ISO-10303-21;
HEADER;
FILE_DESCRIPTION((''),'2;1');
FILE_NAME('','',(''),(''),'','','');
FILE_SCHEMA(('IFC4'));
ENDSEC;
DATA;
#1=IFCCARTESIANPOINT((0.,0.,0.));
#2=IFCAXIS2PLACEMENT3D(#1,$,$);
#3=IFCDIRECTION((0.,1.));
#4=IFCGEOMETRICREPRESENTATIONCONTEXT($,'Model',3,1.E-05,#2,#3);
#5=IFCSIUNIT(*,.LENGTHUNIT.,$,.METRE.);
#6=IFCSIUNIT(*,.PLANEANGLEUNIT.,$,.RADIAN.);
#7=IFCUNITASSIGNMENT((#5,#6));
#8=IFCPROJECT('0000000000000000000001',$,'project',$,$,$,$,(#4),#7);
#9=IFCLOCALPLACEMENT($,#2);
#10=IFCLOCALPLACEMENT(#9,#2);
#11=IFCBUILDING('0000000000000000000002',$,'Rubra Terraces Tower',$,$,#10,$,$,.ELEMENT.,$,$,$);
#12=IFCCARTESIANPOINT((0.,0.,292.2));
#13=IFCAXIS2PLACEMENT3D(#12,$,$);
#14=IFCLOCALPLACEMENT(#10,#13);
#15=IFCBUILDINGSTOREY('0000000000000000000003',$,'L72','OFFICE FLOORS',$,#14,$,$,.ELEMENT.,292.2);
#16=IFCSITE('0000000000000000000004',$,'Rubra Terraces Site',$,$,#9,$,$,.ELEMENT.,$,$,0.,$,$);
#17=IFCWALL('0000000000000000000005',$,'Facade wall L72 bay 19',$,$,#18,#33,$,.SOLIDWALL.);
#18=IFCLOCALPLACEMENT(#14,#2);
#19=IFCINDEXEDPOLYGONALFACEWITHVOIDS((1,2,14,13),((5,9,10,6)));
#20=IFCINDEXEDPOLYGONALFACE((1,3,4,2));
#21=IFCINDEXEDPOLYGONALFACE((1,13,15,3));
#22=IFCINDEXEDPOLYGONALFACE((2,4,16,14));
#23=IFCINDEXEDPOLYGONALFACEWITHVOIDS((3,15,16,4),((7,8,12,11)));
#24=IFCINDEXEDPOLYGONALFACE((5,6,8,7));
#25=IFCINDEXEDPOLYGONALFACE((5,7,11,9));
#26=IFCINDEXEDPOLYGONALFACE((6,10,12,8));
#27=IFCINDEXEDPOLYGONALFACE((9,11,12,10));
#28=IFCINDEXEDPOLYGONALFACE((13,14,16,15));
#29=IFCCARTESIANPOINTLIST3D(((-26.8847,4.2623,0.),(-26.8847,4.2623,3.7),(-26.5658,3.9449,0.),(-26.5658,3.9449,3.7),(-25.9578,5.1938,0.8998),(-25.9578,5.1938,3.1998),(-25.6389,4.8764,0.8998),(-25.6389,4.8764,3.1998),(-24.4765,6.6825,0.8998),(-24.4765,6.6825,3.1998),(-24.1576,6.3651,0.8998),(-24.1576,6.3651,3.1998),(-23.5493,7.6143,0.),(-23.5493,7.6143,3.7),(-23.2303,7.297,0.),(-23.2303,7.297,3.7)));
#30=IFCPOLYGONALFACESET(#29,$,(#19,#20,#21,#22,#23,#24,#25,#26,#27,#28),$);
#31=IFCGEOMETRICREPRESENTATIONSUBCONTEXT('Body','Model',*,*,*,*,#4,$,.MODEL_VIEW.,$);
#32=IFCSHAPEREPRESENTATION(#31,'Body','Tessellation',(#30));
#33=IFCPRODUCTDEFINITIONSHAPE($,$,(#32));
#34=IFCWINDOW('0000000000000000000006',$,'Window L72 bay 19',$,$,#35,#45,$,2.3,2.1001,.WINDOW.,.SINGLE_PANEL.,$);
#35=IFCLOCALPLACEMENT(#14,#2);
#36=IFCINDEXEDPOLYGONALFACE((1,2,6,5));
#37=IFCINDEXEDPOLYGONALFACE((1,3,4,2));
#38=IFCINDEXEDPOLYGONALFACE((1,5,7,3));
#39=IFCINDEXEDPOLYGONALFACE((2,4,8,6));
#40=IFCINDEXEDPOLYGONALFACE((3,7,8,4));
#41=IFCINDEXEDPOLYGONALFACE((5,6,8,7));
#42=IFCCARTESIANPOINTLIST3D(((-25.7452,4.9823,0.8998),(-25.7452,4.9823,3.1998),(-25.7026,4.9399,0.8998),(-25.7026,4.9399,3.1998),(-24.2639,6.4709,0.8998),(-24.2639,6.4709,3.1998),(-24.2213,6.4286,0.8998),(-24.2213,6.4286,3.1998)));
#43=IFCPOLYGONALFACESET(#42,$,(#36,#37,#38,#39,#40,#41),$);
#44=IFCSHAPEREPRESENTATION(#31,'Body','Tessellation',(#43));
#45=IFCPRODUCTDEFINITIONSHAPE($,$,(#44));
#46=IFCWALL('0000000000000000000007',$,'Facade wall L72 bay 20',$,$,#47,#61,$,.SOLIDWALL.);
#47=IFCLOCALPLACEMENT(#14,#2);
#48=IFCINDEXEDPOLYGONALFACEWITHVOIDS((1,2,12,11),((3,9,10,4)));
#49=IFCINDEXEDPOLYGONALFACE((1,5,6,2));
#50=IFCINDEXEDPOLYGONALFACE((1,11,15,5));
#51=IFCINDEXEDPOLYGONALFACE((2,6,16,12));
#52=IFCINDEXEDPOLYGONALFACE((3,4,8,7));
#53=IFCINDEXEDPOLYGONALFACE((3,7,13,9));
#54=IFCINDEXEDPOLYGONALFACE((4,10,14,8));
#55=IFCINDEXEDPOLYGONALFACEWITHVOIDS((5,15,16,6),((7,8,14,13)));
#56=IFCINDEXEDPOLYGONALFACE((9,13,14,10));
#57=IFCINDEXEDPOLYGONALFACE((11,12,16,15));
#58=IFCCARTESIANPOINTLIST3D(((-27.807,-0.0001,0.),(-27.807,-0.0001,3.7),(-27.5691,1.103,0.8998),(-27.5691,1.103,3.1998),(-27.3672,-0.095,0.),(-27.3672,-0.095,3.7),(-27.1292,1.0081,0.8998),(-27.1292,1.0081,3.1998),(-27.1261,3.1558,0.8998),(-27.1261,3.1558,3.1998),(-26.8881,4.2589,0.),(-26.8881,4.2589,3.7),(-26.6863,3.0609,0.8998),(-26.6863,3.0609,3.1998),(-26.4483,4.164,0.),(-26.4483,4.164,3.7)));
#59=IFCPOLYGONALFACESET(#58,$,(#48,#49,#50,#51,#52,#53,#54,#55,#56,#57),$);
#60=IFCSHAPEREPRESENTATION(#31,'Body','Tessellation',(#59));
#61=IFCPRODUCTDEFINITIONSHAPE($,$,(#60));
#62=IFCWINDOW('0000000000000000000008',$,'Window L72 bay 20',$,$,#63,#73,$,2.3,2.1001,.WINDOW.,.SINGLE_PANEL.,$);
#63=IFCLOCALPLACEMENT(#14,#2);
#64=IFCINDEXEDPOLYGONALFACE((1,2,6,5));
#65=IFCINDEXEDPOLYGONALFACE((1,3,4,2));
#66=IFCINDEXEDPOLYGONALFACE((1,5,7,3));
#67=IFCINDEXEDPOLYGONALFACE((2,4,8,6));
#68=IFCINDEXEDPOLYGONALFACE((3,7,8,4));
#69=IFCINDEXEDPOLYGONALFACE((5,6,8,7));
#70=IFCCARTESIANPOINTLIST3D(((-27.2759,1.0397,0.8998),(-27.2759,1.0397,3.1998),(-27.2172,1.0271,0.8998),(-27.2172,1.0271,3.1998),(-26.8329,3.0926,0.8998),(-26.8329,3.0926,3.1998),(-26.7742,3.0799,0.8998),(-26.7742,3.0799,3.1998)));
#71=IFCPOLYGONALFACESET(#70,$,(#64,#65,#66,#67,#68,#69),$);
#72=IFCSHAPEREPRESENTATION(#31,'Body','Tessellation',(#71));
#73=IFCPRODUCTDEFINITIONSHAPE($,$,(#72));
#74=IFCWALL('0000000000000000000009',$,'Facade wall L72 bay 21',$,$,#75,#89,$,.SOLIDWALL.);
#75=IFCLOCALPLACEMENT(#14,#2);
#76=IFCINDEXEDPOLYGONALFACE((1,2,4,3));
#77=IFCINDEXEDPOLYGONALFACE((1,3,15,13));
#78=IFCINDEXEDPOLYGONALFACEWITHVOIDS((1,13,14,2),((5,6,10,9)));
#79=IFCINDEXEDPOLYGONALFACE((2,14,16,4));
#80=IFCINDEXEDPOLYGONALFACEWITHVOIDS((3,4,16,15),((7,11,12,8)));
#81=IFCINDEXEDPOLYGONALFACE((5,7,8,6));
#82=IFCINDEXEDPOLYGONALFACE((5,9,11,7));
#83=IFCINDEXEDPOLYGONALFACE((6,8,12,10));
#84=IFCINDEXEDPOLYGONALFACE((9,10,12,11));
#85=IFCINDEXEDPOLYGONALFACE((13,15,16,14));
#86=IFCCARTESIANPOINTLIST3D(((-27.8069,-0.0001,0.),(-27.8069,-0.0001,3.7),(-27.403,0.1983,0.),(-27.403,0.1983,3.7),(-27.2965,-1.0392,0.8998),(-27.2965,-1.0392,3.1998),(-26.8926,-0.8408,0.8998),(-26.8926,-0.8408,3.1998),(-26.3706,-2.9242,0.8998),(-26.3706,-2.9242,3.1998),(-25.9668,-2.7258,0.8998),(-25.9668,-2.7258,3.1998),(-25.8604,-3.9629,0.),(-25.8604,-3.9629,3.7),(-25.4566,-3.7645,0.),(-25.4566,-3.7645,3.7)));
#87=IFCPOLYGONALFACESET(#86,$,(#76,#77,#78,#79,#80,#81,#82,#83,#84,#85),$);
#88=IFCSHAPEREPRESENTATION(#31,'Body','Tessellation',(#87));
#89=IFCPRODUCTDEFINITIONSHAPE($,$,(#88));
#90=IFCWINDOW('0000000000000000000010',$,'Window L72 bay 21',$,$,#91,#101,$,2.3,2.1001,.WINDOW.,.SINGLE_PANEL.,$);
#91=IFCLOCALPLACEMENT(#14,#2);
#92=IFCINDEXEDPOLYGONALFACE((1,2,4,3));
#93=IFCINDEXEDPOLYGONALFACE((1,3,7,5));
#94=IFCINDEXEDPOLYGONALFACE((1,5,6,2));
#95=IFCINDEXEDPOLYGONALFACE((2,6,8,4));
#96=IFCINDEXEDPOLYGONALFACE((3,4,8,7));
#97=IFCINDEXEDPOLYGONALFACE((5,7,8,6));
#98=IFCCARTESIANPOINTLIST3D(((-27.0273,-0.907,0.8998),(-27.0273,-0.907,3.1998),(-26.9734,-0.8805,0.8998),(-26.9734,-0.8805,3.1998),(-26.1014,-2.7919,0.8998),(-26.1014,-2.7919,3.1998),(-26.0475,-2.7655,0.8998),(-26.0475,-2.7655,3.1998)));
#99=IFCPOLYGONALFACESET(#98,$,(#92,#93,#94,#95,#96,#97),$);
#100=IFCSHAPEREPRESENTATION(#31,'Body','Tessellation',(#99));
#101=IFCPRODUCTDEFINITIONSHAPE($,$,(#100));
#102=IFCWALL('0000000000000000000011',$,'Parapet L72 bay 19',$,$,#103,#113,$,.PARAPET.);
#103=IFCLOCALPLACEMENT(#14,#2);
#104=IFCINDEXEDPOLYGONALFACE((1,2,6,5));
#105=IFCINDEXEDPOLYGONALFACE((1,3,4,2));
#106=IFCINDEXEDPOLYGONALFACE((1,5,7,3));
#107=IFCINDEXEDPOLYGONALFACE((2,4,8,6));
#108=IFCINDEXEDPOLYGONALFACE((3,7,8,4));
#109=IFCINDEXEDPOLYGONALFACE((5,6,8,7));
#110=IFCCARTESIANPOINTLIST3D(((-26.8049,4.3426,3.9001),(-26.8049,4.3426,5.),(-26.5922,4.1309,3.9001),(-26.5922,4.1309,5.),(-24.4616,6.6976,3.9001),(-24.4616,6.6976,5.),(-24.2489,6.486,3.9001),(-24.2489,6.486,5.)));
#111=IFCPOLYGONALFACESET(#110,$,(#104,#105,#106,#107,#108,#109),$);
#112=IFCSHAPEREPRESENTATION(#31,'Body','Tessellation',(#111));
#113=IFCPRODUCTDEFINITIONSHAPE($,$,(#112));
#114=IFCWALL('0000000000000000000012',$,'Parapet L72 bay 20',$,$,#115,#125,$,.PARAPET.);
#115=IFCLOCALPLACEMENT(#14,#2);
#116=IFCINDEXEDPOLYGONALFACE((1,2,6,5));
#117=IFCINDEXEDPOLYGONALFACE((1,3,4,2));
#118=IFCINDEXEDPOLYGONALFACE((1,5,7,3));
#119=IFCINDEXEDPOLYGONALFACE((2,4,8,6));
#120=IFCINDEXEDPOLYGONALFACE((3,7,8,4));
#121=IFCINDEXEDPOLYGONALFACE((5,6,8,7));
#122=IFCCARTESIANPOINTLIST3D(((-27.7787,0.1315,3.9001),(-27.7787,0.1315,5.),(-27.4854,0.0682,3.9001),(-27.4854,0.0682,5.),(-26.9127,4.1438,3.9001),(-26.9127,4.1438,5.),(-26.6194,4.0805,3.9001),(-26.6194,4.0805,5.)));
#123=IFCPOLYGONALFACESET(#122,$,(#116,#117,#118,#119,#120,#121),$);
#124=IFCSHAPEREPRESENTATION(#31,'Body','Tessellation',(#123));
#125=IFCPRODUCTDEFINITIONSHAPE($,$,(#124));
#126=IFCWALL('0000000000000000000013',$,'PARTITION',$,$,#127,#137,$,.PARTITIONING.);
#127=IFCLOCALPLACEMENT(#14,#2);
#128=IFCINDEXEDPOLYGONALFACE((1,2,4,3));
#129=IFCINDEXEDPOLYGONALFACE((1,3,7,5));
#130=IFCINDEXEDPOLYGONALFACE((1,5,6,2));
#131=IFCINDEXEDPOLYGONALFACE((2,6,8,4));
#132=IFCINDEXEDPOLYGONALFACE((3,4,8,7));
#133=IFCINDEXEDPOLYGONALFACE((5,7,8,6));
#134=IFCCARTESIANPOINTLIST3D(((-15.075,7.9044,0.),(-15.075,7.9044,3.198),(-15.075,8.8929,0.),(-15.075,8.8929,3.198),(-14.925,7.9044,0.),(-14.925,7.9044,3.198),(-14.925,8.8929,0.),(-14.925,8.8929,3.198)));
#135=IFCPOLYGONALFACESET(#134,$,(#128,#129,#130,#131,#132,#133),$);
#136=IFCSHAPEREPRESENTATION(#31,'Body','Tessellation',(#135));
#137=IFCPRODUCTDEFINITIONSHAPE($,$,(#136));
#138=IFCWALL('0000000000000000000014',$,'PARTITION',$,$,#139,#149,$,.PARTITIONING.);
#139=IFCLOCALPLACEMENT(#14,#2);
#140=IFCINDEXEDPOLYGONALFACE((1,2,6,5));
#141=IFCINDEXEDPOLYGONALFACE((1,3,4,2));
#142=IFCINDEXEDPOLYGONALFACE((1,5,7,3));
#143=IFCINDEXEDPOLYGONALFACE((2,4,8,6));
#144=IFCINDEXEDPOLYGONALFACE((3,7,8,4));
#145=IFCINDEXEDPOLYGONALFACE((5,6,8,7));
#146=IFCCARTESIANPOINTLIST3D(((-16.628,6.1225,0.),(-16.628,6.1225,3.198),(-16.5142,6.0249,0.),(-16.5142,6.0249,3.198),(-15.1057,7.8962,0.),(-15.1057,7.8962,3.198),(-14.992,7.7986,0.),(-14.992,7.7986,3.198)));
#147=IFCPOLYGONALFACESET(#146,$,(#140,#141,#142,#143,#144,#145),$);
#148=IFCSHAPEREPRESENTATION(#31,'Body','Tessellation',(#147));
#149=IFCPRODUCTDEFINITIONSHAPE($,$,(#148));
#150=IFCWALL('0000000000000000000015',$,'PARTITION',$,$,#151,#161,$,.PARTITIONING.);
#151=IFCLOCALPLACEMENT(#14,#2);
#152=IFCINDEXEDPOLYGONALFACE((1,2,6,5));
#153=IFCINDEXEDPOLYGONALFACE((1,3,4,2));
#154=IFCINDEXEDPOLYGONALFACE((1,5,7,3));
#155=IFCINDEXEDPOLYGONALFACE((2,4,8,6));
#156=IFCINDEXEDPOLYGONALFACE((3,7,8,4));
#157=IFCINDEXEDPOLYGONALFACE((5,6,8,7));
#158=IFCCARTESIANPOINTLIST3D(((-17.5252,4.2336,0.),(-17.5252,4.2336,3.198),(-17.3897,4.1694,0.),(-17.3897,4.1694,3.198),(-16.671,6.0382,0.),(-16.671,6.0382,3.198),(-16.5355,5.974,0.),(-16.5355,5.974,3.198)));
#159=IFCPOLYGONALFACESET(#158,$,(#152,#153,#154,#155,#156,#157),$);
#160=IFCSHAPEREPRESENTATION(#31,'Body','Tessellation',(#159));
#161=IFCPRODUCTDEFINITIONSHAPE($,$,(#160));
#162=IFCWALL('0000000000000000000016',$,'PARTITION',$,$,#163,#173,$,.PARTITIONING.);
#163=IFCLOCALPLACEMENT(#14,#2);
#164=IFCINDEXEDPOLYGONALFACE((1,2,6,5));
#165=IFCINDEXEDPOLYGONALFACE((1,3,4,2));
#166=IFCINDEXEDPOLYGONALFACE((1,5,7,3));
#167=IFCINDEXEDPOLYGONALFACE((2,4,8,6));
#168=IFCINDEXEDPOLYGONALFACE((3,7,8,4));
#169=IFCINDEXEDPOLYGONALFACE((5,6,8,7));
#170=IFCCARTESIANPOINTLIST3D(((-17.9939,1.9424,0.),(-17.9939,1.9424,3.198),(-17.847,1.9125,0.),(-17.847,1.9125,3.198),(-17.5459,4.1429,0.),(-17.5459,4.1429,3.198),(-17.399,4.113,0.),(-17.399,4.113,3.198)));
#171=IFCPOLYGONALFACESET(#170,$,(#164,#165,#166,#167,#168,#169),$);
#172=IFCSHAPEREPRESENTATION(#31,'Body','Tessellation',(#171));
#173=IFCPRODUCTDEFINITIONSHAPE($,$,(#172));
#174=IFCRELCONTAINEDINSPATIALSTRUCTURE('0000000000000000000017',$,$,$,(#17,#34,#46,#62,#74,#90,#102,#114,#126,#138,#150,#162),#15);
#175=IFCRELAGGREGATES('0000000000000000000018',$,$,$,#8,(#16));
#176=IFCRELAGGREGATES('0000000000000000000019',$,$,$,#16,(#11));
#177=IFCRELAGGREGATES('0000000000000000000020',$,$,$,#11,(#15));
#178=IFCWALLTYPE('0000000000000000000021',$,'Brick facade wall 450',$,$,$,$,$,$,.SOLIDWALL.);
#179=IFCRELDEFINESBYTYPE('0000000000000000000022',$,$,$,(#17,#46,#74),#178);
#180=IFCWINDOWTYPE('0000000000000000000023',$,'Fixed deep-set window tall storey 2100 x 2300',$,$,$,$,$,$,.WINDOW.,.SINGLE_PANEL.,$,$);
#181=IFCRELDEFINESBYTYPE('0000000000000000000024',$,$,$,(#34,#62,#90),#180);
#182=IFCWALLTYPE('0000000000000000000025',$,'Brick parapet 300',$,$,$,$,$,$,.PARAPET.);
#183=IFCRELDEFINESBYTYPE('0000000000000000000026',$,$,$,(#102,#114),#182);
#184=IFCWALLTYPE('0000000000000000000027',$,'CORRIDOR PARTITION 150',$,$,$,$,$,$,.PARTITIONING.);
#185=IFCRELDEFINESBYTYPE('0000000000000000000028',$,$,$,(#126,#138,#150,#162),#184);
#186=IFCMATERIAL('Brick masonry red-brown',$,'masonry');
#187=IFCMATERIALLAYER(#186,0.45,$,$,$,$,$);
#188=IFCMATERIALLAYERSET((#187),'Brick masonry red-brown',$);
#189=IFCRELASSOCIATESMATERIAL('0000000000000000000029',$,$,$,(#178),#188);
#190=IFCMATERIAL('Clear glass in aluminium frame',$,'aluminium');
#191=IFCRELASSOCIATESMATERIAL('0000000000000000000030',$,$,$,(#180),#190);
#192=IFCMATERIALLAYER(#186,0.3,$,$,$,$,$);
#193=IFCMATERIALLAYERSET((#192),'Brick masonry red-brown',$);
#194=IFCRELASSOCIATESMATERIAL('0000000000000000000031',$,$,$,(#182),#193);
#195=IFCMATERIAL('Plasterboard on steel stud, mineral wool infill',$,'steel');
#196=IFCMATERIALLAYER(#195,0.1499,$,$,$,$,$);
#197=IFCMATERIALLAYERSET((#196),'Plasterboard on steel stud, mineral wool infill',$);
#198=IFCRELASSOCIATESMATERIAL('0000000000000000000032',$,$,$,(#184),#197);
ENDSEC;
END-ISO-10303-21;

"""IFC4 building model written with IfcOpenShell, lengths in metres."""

from ifc_helpers import new_model, si_unit, direction, frame, frame_2d, origin, place, context, subcontext, project, spatial, rectangle, extrude, material, layer, layer_set, type_object, element, fill, save


model = new_model("IFC4")

# Units and contexts
model_context = context("Model", 3, precision=1e-05, world=origin(), true_north=direction((0.0, 1.0)))
body_context = subcontext(model_context, "Body", "Model", "MODEL_VIEW")
ifc_project = project(units=[si_unit("LENGTHUNIT", "METRE"), si_unit("PLANEANGLEUNIT", "RADIAN")], contexts=[model_context])

# Site, building, storey
site_placement = place(None, origin())
site = spatial("IfcSite", under=ifc_project, at=site_placement, Name="Rubra Terraces Site", CompositionType="ELEMENT", RefElevation=0.0)
building_placement = place(site_placement, origin())
building = spatial("IfcBuilding", under=site, at=building_placement, Name="Rubra Terraces Tower", CompositionType="ELEMENT")
storey_placement = place(building_placement, frame((0.0, 0.0, 292.2)))
storey = spatial("IfcBuildingStorey", under=building, at=storey_placement, Name="L72", Description="OFFICE FLOORS", CompositionType="ELEMENT", Elevation=292.2)

# Walls, openings, windows
ifc_material_1 = material(Name="Brick masonry red-brown", Category="masonry")
ifc_layer_1 = layer(ifc_material_1, 0.45)
ifc_layer_set_1 = layer_set([ifc_layer_1], Name="Brick masonry red-brown")
wall_type_1 = type_object("IfcWallType", Name="Brick facade wall 450", PredefinedType="SOLIDWALL", material=ifc_layer_set_1)
wall_1_placement = place(storey_placement, frame((-23.3899, 7.4556, 0.0), z_axis=(0.0, 0.0, 1.0), x_axis=(-0.705349, -0.70886, 0.0)))
wall_1 = element("IfcWall", 1, at=wall_1_placement, inside=storey, type_object=wall_type_1, Name="Facade wall L72 bay 19", PredefinedType="SOLIDWALL", context=body_context, shape_type="SweptSolid", body=[
    extrude(rectangle(XDim=4.7288, YDim=0.45, at=frame_2d((2.3643, 0.0))), origin(), (0.0, 0.0, 1.0), 3.7),
])
opening_1_placement = place(wall_1_placement, frame((1.3145, 0.0, 0.8999)))
opening_1 = element("IfcOpeningElement", 2, at=opening_1_placement, cuts=wall_1, PredefinedType="OPENING", context=body_context, shape_type="SweptSolid", body=[
    extrude(rectangle(XDim=2.1001, YDim=2.3, at=frame_2d((1.05, 1.1499))), frame((0.0, 0.2349, 0.0), z_axis=(0.0, -1.0, 0.0), x_axis=(1.0, 0.0, 0.0)), (0.0, 0.0, 1.0), 0.47),
])
ifc_material_2 = material(Name="Clear glass in aluminium frame", Category="aluminium")
window_type = type_object("IfcWindowType", Name="Fixed deep-set window tall storey 2100 x 2300", PartitioningType="SINGLE_PANEL", PredefinedType="WINDOW", material=ifc_material_2)
window_1_placement = place(opening_1_placement, origin())
window_1 = element("IfcWindow", 3, at=window_1_placement, inside=storey, type_object=window_type, Name="Window L72 bay 19", OverallHeight=2.3, OverallWidth=2.1001, PartitioningType="SINGLE_PANEL", PredefinedType="WINDOW", context=body_context, shape_type="SweptSolid", body=[
    extrude(rectangle(XDim=2.1001, YDim=2.3, at=frame_2d((1.05, 1.1499))), frame((0.0, 0.135, 0.0), z_axis=(0.0, -1.0, 0.0), x_axis=(1.0, 0.0, 0.0)), (0.0, 0.0, 1.0), 0.0601),
])
fill(opening_1, window_1)
wall_2_placement = place(storey_placement, frame((-26.6682, 4.2114, 0.0), z_axis=(0.0, 0.0, 1.0), x_axis=(-0.21091, -0.977505, 0.0)))
wall_2 = element("IfcWall", 4, at=wall_2_placement, inside=storey, type_object=wall_type_1, Name="Facade wall L72 bay 20", PredefinedType="SOLIDWALL", context=body_context, shape_type="SweptSolid", body=[
    extrude(rectangle(XDim=4.3569, YDim=0.45, at=frame_2d((2.1785, 0.0))), origin(), (0.0, 0.0, 1.0), 3.7),
])
opening_2_placement = place(wall_2_placement, frame((1.1284, 0.0, 0.8999)))
opening_2 = element("IfcOpeningElement", 5, at=opening_2_placement, cuts=wall_2, PredefinedType="OPENING", context=body_context, shape_type="SweptSolid", body=[
    extrude(rectangle(XDim=2.1001, YDim=2.3, at=frame_2d((1.05, 1.1499))), frame((0.0, 0.2349, 0.0), z_axis=(0.0, -1.0, 0.0), x_axis=(1.0, 0.0, 0.0)), (0.0, 0.0, 1.0), 0.47),
])
window_2_placement = place(opening_2_placement, origin())
window_2 = element("IfcWindow", 6, at=window_2_placement, inside=storey, type_object=window_type, Name="Window L72 bay 20", OverallHeight=2.3, OverallWidth=2.1001, PartitioningType="SINGLE_PANEL", PredefinedType="WINDOW", context=body_context, shape_type="SweptSolid", body=[
    extrude(rectangle(XDim=2.1001, YDim=2.3, at=frame_2d((1.05, 1.1499))), frame((0.0, 0.135, 0.0), z_axis=(0.0, -1.0, 0.0), x_axis=(1.0, 0.0, 0.0)), (0.0, 0.0, 1.0), 0.0601),
])
fill(opening_2, window_2)
wall_3_placement = place(storey_placement, frame((-27.605, 0.0991, 0.0), z_axis=(0.0, 0.0, 1.0), x_axis=(0.440877, -0.897568, 0.0)))
wall_3 = element("IfcWall", 7, at=wall_3_placement, inside=storey, type_object=wall_type_1, Name="Facade wall L72 bay 21", PredefinedType="SOLIDWALL", context=body_context, shape_type="SweptSolid", body=[
    extrude(rectangle(XDim=4.415, YDim=0.45, at=frame_2d((2.2075, 0.0))), origin(), (0.0, 0.0, 1.0), 3.7),
])
opening_3_placement = place(wall_3_placement, frame((1.1577, 0.0, 0.8999)))
opening_3 = element("IfcOpeningElement", 8, at=opening_3_placement, cuts=wall_3, PredefinedType="OPENING", context=body_context, shape_type="SweptSolid", body=[
    extrude(rectangle(XDim=2.1001, YDim=2.3, at=frame_2d((1.05, 1.1499))), frame((0.0, 0.2349, 0.0), z_axis=(0.0, -1.0, 0.0), x_axis=(1.0, 0.0, 0.0)), (0.0, 0.0, 1.0), 0.47),
])
window_3_placement = place(opening_3_placement, origin())
window_3 = element("IfcWindow", 9, at=window_3_placement, inside=storey, type_object=window_type, Name="Window L72 bay 21", OverallHeight=2.3, OverallWidth=2.1001, PartitioningType="SINGLE_PANEL", PredefinedType="WINDOW", context=body_context, shape_type="SweptSolid", body=[
    extrude(rectangle(XDim=2.1001, YDim=2.3, at=frame_2d((1.05, 1.1499))), frame((0.0, 0.135, 0.0), z_axis=(0.0, -1.0, 0.0), x_axis=(1.0, 0.0, 0.0)), (0.0, 0.0, 1.0), 0.0601),
])
fill(opening_3, window_3)

# Walls
ifc_layer_2 = layer(ifc_material_1, 0.3)
ifc_layer_set_2 = layer_set([ifc_layer_2], Name="Brick masonry red-brown")
wall_type_2 = type_object("IfcWallType", Name="Brick parapet 300", PredefinedType="PARAPET", material=ifc_layer_set_2)
wall_4_placement = place(storey_placement, frame((-24.3552, 6.5918, 3.9001), z_axis=(0.0, 0.0, 1.0), x_axis=(-0.705341, -0.708868, 0.0)))
element("IfcWall", 10, at=wall_4_placement, inside=storey, type_object=wall_type_2, Name="Parapet L72 bay 19", PredefinedType="PARAPET", context=body_context, shape_type="SweptSolid", body=[
    extrude(rectangle(XDim=3.3223, YDim=0.3, at=frame_2d((1.6611, 0.0))), origin(), (0.0, 0.0, 1.0), 1.0999),
])
wall_5_placement = place(storey_placement, frame((-26.7661, 4.1121, 3.9001), z_axis=(0.0, 0.0, 1.0), x_axis=(-0.210963, -0.977494, 0.0)))
element("IfcWall", 11, at=wall_5_placement, inside=storey, type_object=wall_type_2, Name="Parapet L72 bay 20", PredefinedType="PARAPET", context=body_context, shape_type="SweptSolid", body=[
    extrude(rectangle(XDim=4.1047, YDim=0.3, at=frame_2d((2.0522, 0.0))), origin(), (0.0, 0.0, 1.0), 1.0999),
])
ifc_material_3 = material(Name="Plasterboard on steel stud, mineral wool infill", Category="steel")
ifc_layer_3 = layer(ifc_material_3, 0.1499)
ifc_layer_set_3 = layer_set([ifc_layer_3], Name="Plasterboard on steel stud, mineral wool infill")
wall_type_3 = type_object("IfcWallType", Name="CORRIDOR PARTITION 150", PredefinedType="PARTITIONING", material=ifc_layer_set_3)
wall_6_placement = place(storey_placement, frame((-15.0, 8.8928, 0.0), z_axis=(0.0, 0.0, 1.0), x_axis=(0.0, -1.0, 0.0)))
element("IfcWall", 12, at=wall_6_placement, inside=storey, type_object=wall_type_3, Name="PARTITION", PredefinedType="PARTITIONING", context=body_context, shape_type="SweptSolid", body=[
    extrude(rectangle(XDim=0.9885, YDim=0.1499, at=frame_2d((0.4941, 0.0))), origin(), (0.0, 0.0, 1.0), 3.198),
])
wall_7_placement = place(storey_placement, frame((-15.0488, 7.8474, 0.0), z_axis=(0.0, 0.0, 1.0), x_axis=(-0.651264, -0.758851, 0.0)))
element("IfcWall", 13, at=wall_7_placement, inside=storey, type_object=wall_type_3, Name="PARTITION", PredefinedType="PARTITIONING", context=body_context, shape_type="SweptSolid", body=[
    extrude(rectangle(XDim=2.3374, YDim=0.1499, at=frame_2d((1.1687, 0.0))), origin(), (0.0, 0.0, 1.0), 3.198),
])
wall_8_placement = place(storey_placement, frame((-16.6033, 6.0061, 0.0), z_axis=(0.0, 0.0, 1.0), x_axis=(-0.427839, -0.903855, 0.0)))
element("IfcWall", 14, at=wall_8_placement, inside=storey, type_object=wall_type_3, Name="PARTITION", PredefinedType="PARTITIONING", context=body_context, shape_type="SweptSolid", body=[
    extrude(rectangle(XDim=1.9966, YDim=0.1499, at=frame_2d((0.9983, 0.0))), origin(), (0.0, 0.0, 1.0), 3.198),
])
wall_9_placement = place(storey_placement, frame((-17.4724, 4.1279, 0.0), z_axis=(0.0, 0.0, 1.0), x_axis=(-0.199502, -0.979897, 0.0)))
element("IfcWall", 15, at=wall_9_placement, inside=storey, type_object=wall_type_3, Name="PARTITION", PredefinedType="PARTITIONING", context=body_context, shape_type="SweptSolid", body=[
    extrude(rectangle(XDim=2.2456, YDim=0.1499, at=frame_2d((1.1228, 0.0))), origin(), (0.0, 0.0, 1.0), 3.198),
])

save(model, "model.ifc")
